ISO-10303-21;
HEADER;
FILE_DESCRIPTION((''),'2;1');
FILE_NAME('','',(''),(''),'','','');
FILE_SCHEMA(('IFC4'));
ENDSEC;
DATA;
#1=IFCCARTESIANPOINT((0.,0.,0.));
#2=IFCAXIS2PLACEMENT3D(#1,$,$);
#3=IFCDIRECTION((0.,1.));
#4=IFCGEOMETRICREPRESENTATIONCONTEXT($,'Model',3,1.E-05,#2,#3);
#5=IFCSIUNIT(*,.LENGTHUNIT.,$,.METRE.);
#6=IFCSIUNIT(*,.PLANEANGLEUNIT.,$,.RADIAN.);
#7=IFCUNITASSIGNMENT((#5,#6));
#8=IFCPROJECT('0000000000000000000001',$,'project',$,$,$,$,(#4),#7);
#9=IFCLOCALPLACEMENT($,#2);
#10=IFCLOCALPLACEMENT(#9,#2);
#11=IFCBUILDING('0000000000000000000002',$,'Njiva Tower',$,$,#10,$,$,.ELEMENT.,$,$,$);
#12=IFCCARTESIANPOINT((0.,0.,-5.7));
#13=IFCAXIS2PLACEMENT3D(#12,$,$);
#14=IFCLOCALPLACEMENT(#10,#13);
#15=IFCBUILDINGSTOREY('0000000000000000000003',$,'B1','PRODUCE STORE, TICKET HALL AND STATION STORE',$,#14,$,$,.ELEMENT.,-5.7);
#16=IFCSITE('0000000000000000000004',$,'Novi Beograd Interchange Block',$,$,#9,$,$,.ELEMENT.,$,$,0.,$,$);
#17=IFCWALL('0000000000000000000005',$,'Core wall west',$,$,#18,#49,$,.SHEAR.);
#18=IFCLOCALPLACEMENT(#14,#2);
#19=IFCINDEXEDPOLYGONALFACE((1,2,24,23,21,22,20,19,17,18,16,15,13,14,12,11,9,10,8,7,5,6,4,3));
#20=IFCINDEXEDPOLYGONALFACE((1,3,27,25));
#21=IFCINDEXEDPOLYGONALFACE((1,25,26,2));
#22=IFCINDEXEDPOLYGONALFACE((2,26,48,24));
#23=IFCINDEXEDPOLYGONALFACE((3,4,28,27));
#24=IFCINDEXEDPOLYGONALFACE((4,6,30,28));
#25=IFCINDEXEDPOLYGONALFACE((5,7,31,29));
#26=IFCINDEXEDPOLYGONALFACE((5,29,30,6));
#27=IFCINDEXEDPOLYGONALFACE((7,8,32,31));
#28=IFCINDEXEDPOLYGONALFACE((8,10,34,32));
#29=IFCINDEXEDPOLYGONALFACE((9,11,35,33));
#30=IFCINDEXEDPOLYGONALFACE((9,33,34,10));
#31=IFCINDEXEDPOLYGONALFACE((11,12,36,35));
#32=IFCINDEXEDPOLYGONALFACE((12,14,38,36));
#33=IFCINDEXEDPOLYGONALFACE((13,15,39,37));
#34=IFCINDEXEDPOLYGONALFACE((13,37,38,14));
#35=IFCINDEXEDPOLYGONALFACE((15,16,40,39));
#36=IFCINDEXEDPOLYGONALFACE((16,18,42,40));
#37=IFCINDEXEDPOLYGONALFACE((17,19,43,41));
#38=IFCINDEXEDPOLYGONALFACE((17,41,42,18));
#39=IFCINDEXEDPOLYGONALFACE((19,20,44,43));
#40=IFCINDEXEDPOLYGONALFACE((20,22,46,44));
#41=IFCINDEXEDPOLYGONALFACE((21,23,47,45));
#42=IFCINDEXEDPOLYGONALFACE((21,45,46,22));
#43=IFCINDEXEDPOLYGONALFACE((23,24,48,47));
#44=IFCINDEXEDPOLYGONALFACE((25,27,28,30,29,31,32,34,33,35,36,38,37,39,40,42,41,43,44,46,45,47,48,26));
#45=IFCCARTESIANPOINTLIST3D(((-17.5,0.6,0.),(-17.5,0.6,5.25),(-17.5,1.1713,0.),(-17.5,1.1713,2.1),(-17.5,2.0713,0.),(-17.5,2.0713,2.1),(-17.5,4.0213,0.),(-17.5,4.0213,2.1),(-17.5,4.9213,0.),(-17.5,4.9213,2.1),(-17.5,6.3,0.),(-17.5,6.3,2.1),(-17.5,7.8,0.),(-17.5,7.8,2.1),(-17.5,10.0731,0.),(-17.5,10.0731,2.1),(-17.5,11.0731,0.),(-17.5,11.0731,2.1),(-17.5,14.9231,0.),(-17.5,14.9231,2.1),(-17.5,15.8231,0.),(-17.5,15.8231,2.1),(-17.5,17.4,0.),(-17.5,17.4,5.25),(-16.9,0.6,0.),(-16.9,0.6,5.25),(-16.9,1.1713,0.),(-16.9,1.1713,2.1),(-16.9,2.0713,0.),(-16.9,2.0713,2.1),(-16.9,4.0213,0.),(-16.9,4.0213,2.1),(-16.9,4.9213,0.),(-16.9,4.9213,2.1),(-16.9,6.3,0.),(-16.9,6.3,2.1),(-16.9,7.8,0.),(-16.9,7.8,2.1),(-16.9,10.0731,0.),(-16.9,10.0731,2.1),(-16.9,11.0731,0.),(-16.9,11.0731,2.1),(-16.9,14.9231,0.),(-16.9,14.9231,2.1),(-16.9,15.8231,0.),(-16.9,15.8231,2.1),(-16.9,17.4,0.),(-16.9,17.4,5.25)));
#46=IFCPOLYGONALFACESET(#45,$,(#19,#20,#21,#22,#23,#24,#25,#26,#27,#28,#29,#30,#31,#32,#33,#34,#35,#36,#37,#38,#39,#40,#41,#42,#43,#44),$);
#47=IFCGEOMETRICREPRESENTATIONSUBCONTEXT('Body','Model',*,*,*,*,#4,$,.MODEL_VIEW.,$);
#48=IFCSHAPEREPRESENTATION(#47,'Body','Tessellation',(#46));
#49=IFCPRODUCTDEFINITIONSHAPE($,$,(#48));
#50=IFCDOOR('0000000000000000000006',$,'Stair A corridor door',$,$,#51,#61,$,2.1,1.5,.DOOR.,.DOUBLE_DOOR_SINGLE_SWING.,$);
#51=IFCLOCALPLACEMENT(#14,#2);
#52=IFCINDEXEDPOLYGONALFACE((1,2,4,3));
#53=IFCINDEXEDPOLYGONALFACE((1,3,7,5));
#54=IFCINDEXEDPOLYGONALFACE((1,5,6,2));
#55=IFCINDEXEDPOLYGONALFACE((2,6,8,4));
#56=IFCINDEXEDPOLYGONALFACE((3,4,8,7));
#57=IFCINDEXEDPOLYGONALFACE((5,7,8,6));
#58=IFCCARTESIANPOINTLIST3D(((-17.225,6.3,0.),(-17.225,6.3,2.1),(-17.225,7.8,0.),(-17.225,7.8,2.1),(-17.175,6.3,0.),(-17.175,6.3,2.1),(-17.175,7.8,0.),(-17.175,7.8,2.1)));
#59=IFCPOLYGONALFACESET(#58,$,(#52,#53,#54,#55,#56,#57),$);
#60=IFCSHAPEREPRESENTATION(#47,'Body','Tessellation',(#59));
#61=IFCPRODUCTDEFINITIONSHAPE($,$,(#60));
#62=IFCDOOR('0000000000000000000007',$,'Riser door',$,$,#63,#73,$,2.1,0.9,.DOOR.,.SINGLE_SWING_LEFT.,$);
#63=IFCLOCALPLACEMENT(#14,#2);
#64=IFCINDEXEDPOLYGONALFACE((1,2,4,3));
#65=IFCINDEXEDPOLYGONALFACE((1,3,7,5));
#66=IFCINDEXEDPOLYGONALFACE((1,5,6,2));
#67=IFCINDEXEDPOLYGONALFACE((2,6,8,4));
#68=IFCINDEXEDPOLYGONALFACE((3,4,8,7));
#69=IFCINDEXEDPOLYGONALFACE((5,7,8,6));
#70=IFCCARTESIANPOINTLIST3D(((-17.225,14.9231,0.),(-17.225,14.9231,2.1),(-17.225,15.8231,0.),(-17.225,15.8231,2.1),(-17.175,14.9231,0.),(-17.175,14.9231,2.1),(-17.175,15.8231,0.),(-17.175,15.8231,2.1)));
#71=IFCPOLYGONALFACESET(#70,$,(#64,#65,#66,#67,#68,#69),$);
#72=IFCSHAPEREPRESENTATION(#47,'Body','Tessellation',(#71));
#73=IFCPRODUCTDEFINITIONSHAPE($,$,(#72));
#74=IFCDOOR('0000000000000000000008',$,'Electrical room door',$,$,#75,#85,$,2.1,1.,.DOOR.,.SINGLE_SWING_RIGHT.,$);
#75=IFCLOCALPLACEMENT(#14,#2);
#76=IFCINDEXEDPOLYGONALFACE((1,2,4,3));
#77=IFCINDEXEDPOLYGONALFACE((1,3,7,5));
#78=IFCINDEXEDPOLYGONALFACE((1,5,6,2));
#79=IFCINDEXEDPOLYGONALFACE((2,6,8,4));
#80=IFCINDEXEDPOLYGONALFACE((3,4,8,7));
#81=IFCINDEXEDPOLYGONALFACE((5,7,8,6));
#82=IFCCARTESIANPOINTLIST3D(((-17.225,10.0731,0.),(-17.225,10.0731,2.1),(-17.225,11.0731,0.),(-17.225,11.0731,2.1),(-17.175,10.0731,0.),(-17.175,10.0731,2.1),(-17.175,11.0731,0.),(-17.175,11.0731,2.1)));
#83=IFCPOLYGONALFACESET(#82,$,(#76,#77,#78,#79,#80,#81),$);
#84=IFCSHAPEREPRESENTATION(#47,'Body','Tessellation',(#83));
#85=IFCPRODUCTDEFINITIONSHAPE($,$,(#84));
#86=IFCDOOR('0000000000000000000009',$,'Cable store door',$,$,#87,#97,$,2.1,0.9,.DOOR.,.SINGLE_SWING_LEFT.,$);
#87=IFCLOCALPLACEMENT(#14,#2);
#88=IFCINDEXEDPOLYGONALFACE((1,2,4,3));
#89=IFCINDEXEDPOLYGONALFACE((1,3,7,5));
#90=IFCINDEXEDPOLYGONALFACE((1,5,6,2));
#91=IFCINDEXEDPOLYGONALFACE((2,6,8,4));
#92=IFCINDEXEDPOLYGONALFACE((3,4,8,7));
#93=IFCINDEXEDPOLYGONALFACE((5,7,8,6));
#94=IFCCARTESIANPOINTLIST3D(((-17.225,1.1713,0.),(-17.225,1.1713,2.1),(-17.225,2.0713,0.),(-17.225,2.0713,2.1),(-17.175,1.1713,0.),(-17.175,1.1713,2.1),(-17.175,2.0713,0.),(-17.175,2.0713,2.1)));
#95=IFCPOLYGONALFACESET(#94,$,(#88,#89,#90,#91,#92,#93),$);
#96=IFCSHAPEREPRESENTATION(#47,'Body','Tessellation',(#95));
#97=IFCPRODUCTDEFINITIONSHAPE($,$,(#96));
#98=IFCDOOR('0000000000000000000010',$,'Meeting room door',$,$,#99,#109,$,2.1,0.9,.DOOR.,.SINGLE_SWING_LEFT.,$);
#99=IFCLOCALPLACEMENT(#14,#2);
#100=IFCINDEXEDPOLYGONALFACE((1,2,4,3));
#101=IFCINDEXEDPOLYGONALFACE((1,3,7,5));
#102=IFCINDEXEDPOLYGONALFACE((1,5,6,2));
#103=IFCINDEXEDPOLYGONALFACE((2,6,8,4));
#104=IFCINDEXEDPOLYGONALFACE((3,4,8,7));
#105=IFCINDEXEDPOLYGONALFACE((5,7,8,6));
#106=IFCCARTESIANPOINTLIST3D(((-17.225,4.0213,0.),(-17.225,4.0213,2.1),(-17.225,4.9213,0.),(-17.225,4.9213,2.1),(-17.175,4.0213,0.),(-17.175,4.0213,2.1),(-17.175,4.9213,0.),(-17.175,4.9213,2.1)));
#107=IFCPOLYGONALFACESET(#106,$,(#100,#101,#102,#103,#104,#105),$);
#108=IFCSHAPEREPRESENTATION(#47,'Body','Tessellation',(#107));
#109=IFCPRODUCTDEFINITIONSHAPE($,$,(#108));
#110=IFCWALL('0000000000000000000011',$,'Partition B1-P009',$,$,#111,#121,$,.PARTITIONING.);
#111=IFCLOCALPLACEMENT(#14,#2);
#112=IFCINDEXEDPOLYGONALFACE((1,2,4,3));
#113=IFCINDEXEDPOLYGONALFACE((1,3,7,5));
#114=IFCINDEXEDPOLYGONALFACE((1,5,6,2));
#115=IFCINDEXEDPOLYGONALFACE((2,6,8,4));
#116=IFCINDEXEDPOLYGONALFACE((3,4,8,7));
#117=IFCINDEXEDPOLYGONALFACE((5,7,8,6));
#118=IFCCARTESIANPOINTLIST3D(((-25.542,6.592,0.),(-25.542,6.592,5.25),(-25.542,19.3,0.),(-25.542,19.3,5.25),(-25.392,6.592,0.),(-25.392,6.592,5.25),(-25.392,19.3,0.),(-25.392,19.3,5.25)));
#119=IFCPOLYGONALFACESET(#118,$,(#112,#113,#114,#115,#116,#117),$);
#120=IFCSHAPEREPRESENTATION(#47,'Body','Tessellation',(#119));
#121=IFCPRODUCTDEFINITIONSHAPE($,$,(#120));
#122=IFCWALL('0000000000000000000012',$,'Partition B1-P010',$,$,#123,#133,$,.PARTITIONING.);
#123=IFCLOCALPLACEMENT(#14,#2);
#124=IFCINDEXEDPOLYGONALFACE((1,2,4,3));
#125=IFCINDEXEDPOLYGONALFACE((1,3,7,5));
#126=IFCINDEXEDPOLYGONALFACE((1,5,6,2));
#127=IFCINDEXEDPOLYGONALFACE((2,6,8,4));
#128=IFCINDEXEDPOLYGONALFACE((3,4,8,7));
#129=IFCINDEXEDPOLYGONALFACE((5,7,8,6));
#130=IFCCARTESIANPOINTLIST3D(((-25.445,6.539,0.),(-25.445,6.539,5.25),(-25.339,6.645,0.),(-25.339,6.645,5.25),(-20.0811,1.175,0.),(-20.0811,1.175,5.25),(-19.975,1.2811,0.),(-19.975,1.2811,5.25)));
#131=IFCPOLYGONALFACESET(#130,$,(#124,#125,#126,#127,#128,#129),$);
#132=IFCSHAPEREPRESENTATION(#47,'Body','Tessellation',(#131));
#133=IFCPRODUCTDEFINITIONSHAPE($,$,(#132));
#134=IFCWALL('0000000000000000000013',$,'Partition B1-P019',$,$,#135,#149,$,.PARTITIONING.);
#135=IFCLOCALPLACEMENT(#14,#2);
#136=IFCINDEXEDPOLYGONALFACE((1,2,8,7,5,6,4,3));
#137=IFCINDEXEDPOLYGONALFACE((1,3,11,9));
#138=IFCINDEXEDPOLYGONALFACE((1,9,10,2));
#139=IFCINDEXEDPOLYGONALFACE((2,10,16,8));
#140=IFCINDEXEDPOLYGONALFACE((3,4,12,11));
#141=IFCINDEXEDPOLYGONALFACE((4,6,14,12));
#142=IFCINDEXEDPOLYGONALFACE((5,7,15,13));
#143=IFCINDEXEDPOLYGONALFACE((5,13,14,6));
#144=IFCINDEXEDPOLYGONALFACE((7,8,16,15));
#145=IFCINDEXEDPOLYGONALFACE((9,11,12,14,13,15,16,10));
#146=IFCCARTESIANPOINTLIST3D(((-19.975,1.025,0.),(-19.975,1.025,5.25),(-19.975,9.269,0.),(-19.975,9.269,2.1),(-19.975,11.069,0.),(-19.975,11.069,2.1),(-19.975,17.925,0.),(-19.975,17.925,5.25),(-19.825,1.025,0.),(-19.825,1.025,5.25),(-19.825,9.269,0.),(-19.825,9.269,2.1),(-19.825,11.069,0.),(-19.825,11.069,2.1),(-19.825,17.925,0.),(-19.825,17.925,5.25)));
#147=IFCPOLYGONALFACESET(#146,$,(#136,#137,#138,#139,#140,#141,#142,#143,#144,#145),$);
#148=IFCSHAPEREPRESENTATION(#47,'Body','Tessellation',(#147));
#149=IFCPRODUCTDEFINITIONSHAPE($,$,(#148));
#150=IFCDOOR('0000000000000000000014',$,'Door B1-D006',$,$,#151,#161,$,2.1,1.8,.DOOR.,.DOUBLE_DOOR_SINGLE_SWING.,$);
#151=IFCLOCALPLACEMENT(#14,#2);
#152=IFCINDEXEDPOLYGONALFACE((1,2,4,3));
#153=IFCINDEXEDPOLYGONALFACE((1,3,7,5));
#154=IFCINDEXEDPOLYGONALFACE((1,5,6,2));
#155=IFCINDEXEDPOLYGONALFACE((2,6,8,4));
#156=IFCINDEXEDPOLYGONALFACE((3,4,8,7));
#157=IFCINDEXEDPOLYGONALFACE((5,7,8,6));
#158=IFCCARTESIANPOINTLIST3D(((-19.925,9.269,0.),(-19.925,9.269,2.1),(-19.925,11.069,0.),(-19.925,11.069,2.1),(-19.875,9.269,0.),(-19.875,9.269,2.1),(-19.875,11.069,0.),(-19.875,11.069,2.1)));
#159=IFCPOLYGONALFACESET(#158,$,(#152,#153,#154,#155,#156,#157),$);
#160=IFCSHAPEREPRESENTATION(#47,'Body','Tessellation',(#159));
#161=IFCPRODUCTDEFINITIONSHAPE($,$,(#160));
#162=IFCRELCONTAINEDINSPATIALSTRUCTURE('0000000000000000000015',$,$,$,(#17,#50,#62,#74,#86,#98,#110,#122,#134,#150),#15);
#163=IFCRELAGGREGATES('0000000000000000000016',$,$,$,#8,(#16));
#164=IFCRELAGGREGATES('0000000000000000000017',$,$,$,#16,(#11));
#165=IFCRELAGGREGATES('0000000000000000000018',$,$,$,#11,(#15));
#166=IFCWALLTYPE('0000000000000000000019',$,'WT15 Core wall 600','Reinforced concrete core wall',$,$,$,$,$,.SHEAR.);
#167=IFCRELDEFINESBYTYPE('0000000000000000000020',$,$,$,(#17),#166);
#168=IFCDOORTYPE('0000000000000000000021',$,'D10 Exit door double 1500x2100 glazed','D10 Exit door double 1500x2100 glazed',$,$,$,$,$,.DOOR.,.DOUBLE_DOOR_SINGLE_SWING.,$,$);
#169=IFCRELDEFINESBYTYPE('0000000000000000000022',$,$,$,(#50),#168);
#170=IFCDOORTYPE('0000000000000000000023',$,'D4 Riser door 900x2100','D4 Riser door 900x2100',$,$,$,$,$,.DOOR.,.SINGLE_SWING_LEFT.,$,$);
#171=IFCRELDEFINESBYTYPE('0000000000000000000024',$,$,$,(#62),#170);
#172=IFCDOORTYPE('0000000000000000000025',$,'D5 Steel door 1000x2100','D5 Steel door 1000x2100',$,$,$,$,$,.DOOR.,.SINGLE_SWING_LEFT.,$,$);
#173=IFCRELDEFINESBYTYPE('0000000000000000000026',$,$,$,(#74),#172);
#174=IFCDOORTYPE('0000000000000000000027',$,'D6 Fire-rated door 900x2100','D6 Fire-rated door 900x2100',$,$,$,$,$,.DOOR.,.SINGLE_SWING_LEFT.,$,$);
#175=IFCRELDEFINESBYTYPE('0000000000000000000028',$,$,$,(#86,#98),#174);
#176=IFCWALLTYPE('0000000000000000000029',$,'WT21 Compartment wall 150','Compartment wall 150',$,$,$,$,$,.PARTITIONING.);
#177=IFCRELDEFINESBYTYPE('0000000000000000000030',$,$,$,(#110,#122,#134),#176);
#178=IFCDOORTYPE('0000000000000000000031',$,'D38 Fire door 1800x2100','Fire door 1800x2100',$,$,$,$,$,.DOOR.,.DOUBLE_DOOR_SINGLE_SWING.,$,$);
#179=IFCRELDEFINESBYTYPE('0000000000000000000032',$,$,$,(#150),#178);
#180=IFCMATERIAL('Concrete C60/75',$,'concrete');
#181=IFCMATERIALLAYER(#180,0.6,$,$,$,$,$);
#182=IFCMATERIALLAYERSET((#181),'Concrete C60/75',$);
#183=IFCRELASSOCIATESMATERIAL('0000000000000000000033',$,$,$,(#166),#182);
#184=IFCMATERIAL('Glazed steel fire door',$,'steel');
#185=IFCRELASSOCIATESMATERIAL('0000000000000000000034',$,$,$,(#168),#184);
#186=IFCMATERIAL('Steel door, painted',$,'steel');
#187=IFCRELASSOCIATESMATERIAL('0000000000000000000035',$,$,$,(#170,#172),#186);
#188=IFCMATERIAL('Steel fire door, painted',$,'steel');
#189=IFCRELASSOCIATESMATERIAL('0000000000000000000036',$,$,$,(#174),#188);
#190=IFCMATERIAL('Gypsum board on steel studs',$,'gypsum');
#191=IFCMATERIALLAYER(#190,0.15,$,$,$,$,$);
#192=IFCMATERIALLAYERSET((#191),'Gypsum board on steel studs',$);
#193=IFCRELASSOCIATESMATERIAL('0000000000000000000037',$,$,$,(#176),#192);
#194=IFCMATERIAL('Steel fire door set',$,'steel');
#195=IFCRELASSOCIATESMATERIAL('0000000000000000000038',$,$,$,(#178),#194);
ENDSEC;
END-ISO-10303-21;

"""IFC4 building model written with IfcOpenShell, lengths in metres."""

from ifc_helpers import new_model, si_unit, direction, frame, frame_2d, origin, place, context, subcontext, project, spatial, rectangle, extrude, material, layer, layer_set, type_object, element, fill, save


model = new_model("IFC4")

# Units and contexts
model_context = context("Model", 3, precision=1e-05, world=origin(), true_north=direction((0.0, 1.0)))
body_context = subcontext(model_context, "Body", "Model", "MODEL_VIEW")
ifc_project = project(units=[si_unit("LENGTHUNIT", "METRE"), si_unit("PLANEANGLEUNIT", "RADIAN")], contexts=[model_context])

# Site, building, storey
site_placement = place(None, origin())
site = spatial("IfcSite", under=ifc_project, at=site_placement, Name="Novi Beograd Interchange Block", CompositionType="ELEMENT", RefElevation=0.0)
building_placement = place(site_placement, origin())
building = spatial("IfcBuilding", under=site, at=building_placement, Name="Njiva Tower", CompositionType="ELEMENT")
storey_placement = place(building_placement, frame((0.0, 0.0, -5.7)))
storey = spatial("IfcBuildingStorey", under=building, at=storey_placement, Name="B1", Description="PRODUCE STORE, TICKET HALL AND STATION STORE", CompositionType="ELEMENT", Elevation=-5.7)

# Shared definitions
ifc_material_1 = material(Name="Concrete C60/75", Category="concrete")
ifc_layer_1 = layer(ifc_material_1, 0.6)
ifc_layer_set_1 = layer_set([ifc_layer_1], Name="Concrete C60/75")
wall_type_1 = type_object("IfcWallType", Name="WT15 Core wall 600", Description="Reinforced concrete core wall", PredefinedType="SHEAR", material=ifc_layer_set_1)

# Wall, openings, doors
wall_1_placement = place(storey_placement, frame((-17.2, 0.6, 0.0), z_axis=(0.0, 0.0, 1.0), x_axis=(0.0, 1.0, 0.0)))
wall_1 = element("IfcWall", 1, at=wall_1_placement, inside=storey, type_object=wall_type_1, Name="Core wall west", PredefinedType="SHEAR", context=body_context, shape_type="SweptSolid", body=[
    extrude(rectangle(XDim=16.8, YDim=0.6, at=frame_2d((8.4, 0.0))), origin(), (0.0, 0.0, 1.0), 5.25),
])
opening_1_placement = place(wall_1_placement, frame((5.7, 0.0, 0.0)))
opening_1 = element("IfcOpeningElement", 2, at=opening_1_placement, cuts=wall_1, PredefinedType="OPENING", context=body_context, shape_type="SweptSolid", body=[
    extrude(rectangle(XDim=1.5, YDim=2.1, at=frame_2d((0.75, 1.05))), frame((0.0, 0.31, 0.0), z_axis=(0.0, -1.0, 0.0), x_axis=(1.0, 0.0, 0.0)), (0.0, 0.0, 1.0), 0.62),
])
opening_2_placement = place(wall_1_placement, frame((0.5713, 0.0, 0.0)))
opening_2 = element("IfcOpeningElement", 3, at=opening_2_placement, cuts=wall_1, PredefinedType="OPENING", context=body_context, shape_type="SweptSolid", body=[
    extrude(rectangle(XDim=0.9, YDim=2.1, at=frame_2d((0.45, 1.05))), frame((0.0, 0.31, 0.0), z_axis=(0.0, -1.0, 0.0), x_axis=(1.0, 0.0, 0.0)), (0.0, 0.0, 1.0), 0.62),
])
opening_3_placement = place(wall_1_placement, frame((3.4213, 0.0, 0.0)))
opening_3 = element("IfcOpeningElement", 4, at=opening_3_placement, cuts=wall_1, PredefinedType="OPENING", context=body_context, shape_type="SweptSolid", body=[
    extrude(rectangle(XDim=0.9, YDim=2.1, at=frame_2d((0.45, 1.05))), frame((0.0, 0.31, 0.0), z_axis=(0.0, -1.0, 0.0), x_axis=(1.0, 0.0, 0.0)), (0.0, 0.0, 1.0), 0.62),
])
opening_4_placement = place(wall_1_placement, frame((9.4731, 0.0, 0.0)))
opening_4 = element("IfcOpeningElement", 5, at=opening_4_placement, cuts=wall_1, PredefinedType="OPENING", context=body_context, shape_type="SweptSolid", body=[
    extrude(rectangle(XDim=1.0, YDim=2.1, at=frame_2d((0.5, 1.05))), frame((0.0, 0.31, 0.0), z_axis=(0.0, -1.0, 0.0), x_axis=(1.0, 0.0, 0.0)), (0.0, 0.0, 1.0), 0.62),
])
opening_5_placement = place(wall_1_placement, frame((14.3231, 0.0, 0.0)))
opening_5 = element("IfcOpeningElement", 6, at=opening_5_placement, cuts=wall_1, PredefinedType="OPENING", context=body_context, shape_type="SweptSolid", body=[
    extrude(rectangle(XDim=0.9, YDim=2.1, at=frame_2d((0.45, 1.05))), frame((0.0, 0.31, 0.0), z_axis=(0.0, -1.0, 0.0), x_axis=(1.0, 0.0, 0.0)), (0.0, 0.0, 1.0), 0.62),
])
ifc_material_2 = material(Name="Glazed steel fire door", Category="steel")
door_type_1 = type_object("IfcDoorType", Name="D10 Exit door double 1500x2100 glazed", Description="D10 Exit door double 1500x2100 glazed", OperationType="DOUBLE_DOOR_SINGLE_SWING", PredefinedType="DOOR", material=ifc_material_2)
door_1_placement = place(opening_1_placement, origin())
door_1 = element("IfcDoor", 7, at=door_1_placement, inside=storey, type_object=door_type_1, Name="Stair A corridor door", OperationType="DOUBLE_DOOR_SINGLE_SWING", OverallHeight=2.1, OverallWidth=1.5, PredefinedType="DOOR", context=body_context, shape_type="SweptSolid", body=[
    extrude(rectangle(XDim=1.5, YDim=2.1, at=frame_2d((0.75, 1.05))), frame((0.0, 0.025, 0.0), z_axis=(0.0, -1.0, 0.0), x_axis=(1.0, 0.0, 0.0)), (0.0, 0.0, 1.0), 0.05),
])
fill(opening_1, door_1)
ifc_material_3 = material(Name="Steel door, painted", Category="steel")
door_type_2 = type_object("IfcDoorType", Name="D4 Riser door 900x2100", Description="D4 Riser door 900x2100", OperationType="SINGLE_SWING_LEFT", PredefinedType="DOOR", material=ifc_material_3)
door_2_placement = place(opening_5_placement, origin())
door_2 = element("IfcDoor", 8, at=door_2_placement, inside=storey, type_object=door_type_2, Name="Riser door", OperationType="SINGLE_SWING_LEFT", OverallHeight=2.1, OverallWidth=0.9, PredefinedType="DOOR", context=body_context, shape_type="SweptSolid", body=[
    extrude(rectangle(XDim=0.9, YDim=2.1, at=frame_2d((0.45, 1.05))), frame((0.0, 0.025, 0.0), z_axis=(0.0, -1.0, 0.0), x_axis=(1.0, 0.0, 0.0)), (0.0, 0.0, 1.0), 0.05),
])
fill(opening_5, door_2)
door_type_3 = type_object("IfcDoorType", Name="D5 Steel door 1000x2100", Description="D5 Steel door 1000x2100", OperationType="SINGLE_SWING_LEFT", PredefinedType="DOOR", material=ifc_material_3)
door_3_placement = place(opening_4_placement, origin())
door_3 = element("IfcDoor", 9, at=door_3_placement, inside=storey, type_object=door_type_3, Name="Electrical room door", OperationType="SINGLE_SWING_RIGHT", OverallHeight=2.1, OverallWidth=1.0, PredefinedType="DOOR", context=body_context, shape_type="SweptSolid", body=[
    extrude(rectangle(XDim=1.0, YDim=2.1, at=frame_2d((0.5, 1.05))), frame((0.0, 0.025, 0.0), z_axis=(0.0, -1.0, 0.0), x_axis=(1.0, 0.0, 0.0)), (0.0, 0.0, 1.0), 0.05),
])
fill(opening_4, door_3)
ifc_material_4 = material(Name="Steel fire door, painted", Category="steel")
door_type_4 = type_object("IfcDoorType", Name="D6 Fire-rated door 900x2100", Description="D6 Fire-rated door 900x2100", OperationType="SINGLE_SWING_LEFT", PredefinedType="DOOR", material=ifc_material_4)
door_4_placement = place(opening_2_placement, origin())
door_4 = element("IfcDoor", 10, at=door_4_placement, inside=storey, type_object=door_type_4, Name="Cable store door", OperationType="SINGLE_SWING_LEFT", OverallHeight=2.1, OverallWidth=0.9, PredefinedType="DOOR", context=body_context, shape_type="SweptSolid", body=[
    extrude(rectangle(XDim=0.9, YDim=2.1, at=frame_2d((0.45, 1.05))), frame((0.0, 0.025, 0.0), z_axis=(0.0, -1.0, 0.0), x_axis=(1.0, 0.0, 0.0)), (0.0, 0.0, 1.0), 0.05),
])
fill(opening_2, door_4)
door_5_placement = place(opening_3_placement, origin())
door_5 = element("IfcDoor", 11, at=door_5_placement, inside=storey, type_object=door_type_4, Name="Meeting room door", OperationType="SINGLE_SWING_LEFT", OverallHeight=2.1, OverallWidth=0.9, PredefinedType="DOOR", context=body_context, shape_type="SweptSolid", body=[
    extrude(rectangle(XDim=0.9, YDim=2.1, at=frame_2d((0.45, 1.05))), frame((0.0, 0.025, 0.0), z_axis=(0.0, -1.0, 0.0), x_axis=(1.0, 0.0, 0.0)), (0.0, 0.0, 1.0), 0.05),
])
fill(opening_3, door_5)

# Walls
ifc_material_5 = material(Name="Gypsum board on steel studs", Category="gypsum")
ifc_layer_2 = layer(ifc_material_5, 0.15)
ifc_layer_set_2 = layer_set([ifc_layer_2], Name="Gypsum board on steel studs")
wall_type_2 = type_object("IfcWallType", Name="WT21 Compartment wall 150", Description="Compartment wall 150", PredefinedType="PARTITIONING", material=ifc_layer_set_2)
wall_2_placement = place(storey_placement, frame((-25.467, 6.592, 0.0), z_axis=(0.0, 0.0, 1.0), x_axis=(0.0, 1.0, 0.0)))
element("IfcWall", 12, at=wall_2_placement, inside=storey, type_object=wall_type_2, Name="Partition B1-P009", PredefinedType="PARTITIONING", context=body_context, shape_type="SweptSolid", body=[
    extrude(rectangle(XDim=12.708, YDim=0.15, at=frame_2d((6.354, 0.0))), origin(), (0.0, 0.0, 1.0), 5.25),
])
wall_3_placement = place(storey_placement, frame((-25.392, 6.592, 0.0), z_axis=(0.0, 0.0, 1.0), x_axis=(0.707107, -0.707107, 0.0)))
element("IfcWall", 13, at=wall_3_placement, inside=storey, type_object=wall_type_2, Name="Partition B1-P010", PredefinedType="PARTITIONING", context=body_context, shape_type="SweptSolid", body=[
    extrude(rectangle(XDim=7.5858, YDim=0.15, at=frame_2d((3.7929, 0.0))), origin(), (0.0, 0.0, 1.0), 5.25),
])

# Wall, opening, door
wall_4_placement = place(storey_placement, frame((-19.9, 1.025, 0.0), z_axis=(0.0, 0.0, 1.0), x_axis=(0.0, 1.0, 0.0)))
wall_4 = element("IfcWall", 14, at=wall_4_placement, inside=storey, type_object=wall_type_2, Name="Partition B1-P019", PredefinedType="PARTITIONING", context=body_context, shape_type="SweptSolid", body=[
    extrude(rectangle(XDim=16.9, YDim=0.15, at=frame_2d((8.45, 0.0))), origin(), (0.0, 0.0, 1.0), 5.25),
])
opening_6_placement = place(wall_4_placement, frame((8.244, 0.0, 0.0)))
opening_6 = element("IfcOpeningElement", 15, at=opening_6_placement, cuts=wall_4, PredefinedType="OPENING", context=body_context, shape_type="SweptSolid", body=[
    extrude(rectangle(XDim=1.8, YDim=2.1, at=frame_2d((0.9, 1.05))), frame((0.0, 0.085, 0.0), z_axis=(0.0, -1.0, 0.0), x_axis=(1.0, 0.0, 0.0)), (0.0, 0.0, 1.0), 0.17),
])
ifc_material_6 = material(Name="Steel fire door set", Category="steel")
door_type_5 = type_object("IfcDoorType", Name="D38 Fire door 1800x2100", Description="Fire door 1800x2100", OperationType="DOUBLE_DOOR_SINGLE_SWING", PredefinedType="DOOR", material=ifc_material_6)
door_6_placement = place(opening_6_placement, origin())
door_6 = element("IfcDoor", 16, at=door_6_placement, inside=storey, type_object=door_type_5, Name="Door B1-D006", OperationType="DOUBLE_DOOR_SINGLE_SWING", OverallHeight=2.1, OverallWidth=1.8, PredefinedType="DOOR", context=body_context, shape_type="SweptSolid", body=[
    extrude(rectangle(XDim=1.8, YDim=2.1, at=frame_2d((0.9, 1.05))), frame((0.0, 0.025, 0.0), z_axis=(0.0, -1.0, 0.0), x_axis=(1.0, 0.0, 0.0)), (0.0, 0.0, 1.0), 0.05),
])
fill(opening_6, door_6)

save(model, "model.ifc")
